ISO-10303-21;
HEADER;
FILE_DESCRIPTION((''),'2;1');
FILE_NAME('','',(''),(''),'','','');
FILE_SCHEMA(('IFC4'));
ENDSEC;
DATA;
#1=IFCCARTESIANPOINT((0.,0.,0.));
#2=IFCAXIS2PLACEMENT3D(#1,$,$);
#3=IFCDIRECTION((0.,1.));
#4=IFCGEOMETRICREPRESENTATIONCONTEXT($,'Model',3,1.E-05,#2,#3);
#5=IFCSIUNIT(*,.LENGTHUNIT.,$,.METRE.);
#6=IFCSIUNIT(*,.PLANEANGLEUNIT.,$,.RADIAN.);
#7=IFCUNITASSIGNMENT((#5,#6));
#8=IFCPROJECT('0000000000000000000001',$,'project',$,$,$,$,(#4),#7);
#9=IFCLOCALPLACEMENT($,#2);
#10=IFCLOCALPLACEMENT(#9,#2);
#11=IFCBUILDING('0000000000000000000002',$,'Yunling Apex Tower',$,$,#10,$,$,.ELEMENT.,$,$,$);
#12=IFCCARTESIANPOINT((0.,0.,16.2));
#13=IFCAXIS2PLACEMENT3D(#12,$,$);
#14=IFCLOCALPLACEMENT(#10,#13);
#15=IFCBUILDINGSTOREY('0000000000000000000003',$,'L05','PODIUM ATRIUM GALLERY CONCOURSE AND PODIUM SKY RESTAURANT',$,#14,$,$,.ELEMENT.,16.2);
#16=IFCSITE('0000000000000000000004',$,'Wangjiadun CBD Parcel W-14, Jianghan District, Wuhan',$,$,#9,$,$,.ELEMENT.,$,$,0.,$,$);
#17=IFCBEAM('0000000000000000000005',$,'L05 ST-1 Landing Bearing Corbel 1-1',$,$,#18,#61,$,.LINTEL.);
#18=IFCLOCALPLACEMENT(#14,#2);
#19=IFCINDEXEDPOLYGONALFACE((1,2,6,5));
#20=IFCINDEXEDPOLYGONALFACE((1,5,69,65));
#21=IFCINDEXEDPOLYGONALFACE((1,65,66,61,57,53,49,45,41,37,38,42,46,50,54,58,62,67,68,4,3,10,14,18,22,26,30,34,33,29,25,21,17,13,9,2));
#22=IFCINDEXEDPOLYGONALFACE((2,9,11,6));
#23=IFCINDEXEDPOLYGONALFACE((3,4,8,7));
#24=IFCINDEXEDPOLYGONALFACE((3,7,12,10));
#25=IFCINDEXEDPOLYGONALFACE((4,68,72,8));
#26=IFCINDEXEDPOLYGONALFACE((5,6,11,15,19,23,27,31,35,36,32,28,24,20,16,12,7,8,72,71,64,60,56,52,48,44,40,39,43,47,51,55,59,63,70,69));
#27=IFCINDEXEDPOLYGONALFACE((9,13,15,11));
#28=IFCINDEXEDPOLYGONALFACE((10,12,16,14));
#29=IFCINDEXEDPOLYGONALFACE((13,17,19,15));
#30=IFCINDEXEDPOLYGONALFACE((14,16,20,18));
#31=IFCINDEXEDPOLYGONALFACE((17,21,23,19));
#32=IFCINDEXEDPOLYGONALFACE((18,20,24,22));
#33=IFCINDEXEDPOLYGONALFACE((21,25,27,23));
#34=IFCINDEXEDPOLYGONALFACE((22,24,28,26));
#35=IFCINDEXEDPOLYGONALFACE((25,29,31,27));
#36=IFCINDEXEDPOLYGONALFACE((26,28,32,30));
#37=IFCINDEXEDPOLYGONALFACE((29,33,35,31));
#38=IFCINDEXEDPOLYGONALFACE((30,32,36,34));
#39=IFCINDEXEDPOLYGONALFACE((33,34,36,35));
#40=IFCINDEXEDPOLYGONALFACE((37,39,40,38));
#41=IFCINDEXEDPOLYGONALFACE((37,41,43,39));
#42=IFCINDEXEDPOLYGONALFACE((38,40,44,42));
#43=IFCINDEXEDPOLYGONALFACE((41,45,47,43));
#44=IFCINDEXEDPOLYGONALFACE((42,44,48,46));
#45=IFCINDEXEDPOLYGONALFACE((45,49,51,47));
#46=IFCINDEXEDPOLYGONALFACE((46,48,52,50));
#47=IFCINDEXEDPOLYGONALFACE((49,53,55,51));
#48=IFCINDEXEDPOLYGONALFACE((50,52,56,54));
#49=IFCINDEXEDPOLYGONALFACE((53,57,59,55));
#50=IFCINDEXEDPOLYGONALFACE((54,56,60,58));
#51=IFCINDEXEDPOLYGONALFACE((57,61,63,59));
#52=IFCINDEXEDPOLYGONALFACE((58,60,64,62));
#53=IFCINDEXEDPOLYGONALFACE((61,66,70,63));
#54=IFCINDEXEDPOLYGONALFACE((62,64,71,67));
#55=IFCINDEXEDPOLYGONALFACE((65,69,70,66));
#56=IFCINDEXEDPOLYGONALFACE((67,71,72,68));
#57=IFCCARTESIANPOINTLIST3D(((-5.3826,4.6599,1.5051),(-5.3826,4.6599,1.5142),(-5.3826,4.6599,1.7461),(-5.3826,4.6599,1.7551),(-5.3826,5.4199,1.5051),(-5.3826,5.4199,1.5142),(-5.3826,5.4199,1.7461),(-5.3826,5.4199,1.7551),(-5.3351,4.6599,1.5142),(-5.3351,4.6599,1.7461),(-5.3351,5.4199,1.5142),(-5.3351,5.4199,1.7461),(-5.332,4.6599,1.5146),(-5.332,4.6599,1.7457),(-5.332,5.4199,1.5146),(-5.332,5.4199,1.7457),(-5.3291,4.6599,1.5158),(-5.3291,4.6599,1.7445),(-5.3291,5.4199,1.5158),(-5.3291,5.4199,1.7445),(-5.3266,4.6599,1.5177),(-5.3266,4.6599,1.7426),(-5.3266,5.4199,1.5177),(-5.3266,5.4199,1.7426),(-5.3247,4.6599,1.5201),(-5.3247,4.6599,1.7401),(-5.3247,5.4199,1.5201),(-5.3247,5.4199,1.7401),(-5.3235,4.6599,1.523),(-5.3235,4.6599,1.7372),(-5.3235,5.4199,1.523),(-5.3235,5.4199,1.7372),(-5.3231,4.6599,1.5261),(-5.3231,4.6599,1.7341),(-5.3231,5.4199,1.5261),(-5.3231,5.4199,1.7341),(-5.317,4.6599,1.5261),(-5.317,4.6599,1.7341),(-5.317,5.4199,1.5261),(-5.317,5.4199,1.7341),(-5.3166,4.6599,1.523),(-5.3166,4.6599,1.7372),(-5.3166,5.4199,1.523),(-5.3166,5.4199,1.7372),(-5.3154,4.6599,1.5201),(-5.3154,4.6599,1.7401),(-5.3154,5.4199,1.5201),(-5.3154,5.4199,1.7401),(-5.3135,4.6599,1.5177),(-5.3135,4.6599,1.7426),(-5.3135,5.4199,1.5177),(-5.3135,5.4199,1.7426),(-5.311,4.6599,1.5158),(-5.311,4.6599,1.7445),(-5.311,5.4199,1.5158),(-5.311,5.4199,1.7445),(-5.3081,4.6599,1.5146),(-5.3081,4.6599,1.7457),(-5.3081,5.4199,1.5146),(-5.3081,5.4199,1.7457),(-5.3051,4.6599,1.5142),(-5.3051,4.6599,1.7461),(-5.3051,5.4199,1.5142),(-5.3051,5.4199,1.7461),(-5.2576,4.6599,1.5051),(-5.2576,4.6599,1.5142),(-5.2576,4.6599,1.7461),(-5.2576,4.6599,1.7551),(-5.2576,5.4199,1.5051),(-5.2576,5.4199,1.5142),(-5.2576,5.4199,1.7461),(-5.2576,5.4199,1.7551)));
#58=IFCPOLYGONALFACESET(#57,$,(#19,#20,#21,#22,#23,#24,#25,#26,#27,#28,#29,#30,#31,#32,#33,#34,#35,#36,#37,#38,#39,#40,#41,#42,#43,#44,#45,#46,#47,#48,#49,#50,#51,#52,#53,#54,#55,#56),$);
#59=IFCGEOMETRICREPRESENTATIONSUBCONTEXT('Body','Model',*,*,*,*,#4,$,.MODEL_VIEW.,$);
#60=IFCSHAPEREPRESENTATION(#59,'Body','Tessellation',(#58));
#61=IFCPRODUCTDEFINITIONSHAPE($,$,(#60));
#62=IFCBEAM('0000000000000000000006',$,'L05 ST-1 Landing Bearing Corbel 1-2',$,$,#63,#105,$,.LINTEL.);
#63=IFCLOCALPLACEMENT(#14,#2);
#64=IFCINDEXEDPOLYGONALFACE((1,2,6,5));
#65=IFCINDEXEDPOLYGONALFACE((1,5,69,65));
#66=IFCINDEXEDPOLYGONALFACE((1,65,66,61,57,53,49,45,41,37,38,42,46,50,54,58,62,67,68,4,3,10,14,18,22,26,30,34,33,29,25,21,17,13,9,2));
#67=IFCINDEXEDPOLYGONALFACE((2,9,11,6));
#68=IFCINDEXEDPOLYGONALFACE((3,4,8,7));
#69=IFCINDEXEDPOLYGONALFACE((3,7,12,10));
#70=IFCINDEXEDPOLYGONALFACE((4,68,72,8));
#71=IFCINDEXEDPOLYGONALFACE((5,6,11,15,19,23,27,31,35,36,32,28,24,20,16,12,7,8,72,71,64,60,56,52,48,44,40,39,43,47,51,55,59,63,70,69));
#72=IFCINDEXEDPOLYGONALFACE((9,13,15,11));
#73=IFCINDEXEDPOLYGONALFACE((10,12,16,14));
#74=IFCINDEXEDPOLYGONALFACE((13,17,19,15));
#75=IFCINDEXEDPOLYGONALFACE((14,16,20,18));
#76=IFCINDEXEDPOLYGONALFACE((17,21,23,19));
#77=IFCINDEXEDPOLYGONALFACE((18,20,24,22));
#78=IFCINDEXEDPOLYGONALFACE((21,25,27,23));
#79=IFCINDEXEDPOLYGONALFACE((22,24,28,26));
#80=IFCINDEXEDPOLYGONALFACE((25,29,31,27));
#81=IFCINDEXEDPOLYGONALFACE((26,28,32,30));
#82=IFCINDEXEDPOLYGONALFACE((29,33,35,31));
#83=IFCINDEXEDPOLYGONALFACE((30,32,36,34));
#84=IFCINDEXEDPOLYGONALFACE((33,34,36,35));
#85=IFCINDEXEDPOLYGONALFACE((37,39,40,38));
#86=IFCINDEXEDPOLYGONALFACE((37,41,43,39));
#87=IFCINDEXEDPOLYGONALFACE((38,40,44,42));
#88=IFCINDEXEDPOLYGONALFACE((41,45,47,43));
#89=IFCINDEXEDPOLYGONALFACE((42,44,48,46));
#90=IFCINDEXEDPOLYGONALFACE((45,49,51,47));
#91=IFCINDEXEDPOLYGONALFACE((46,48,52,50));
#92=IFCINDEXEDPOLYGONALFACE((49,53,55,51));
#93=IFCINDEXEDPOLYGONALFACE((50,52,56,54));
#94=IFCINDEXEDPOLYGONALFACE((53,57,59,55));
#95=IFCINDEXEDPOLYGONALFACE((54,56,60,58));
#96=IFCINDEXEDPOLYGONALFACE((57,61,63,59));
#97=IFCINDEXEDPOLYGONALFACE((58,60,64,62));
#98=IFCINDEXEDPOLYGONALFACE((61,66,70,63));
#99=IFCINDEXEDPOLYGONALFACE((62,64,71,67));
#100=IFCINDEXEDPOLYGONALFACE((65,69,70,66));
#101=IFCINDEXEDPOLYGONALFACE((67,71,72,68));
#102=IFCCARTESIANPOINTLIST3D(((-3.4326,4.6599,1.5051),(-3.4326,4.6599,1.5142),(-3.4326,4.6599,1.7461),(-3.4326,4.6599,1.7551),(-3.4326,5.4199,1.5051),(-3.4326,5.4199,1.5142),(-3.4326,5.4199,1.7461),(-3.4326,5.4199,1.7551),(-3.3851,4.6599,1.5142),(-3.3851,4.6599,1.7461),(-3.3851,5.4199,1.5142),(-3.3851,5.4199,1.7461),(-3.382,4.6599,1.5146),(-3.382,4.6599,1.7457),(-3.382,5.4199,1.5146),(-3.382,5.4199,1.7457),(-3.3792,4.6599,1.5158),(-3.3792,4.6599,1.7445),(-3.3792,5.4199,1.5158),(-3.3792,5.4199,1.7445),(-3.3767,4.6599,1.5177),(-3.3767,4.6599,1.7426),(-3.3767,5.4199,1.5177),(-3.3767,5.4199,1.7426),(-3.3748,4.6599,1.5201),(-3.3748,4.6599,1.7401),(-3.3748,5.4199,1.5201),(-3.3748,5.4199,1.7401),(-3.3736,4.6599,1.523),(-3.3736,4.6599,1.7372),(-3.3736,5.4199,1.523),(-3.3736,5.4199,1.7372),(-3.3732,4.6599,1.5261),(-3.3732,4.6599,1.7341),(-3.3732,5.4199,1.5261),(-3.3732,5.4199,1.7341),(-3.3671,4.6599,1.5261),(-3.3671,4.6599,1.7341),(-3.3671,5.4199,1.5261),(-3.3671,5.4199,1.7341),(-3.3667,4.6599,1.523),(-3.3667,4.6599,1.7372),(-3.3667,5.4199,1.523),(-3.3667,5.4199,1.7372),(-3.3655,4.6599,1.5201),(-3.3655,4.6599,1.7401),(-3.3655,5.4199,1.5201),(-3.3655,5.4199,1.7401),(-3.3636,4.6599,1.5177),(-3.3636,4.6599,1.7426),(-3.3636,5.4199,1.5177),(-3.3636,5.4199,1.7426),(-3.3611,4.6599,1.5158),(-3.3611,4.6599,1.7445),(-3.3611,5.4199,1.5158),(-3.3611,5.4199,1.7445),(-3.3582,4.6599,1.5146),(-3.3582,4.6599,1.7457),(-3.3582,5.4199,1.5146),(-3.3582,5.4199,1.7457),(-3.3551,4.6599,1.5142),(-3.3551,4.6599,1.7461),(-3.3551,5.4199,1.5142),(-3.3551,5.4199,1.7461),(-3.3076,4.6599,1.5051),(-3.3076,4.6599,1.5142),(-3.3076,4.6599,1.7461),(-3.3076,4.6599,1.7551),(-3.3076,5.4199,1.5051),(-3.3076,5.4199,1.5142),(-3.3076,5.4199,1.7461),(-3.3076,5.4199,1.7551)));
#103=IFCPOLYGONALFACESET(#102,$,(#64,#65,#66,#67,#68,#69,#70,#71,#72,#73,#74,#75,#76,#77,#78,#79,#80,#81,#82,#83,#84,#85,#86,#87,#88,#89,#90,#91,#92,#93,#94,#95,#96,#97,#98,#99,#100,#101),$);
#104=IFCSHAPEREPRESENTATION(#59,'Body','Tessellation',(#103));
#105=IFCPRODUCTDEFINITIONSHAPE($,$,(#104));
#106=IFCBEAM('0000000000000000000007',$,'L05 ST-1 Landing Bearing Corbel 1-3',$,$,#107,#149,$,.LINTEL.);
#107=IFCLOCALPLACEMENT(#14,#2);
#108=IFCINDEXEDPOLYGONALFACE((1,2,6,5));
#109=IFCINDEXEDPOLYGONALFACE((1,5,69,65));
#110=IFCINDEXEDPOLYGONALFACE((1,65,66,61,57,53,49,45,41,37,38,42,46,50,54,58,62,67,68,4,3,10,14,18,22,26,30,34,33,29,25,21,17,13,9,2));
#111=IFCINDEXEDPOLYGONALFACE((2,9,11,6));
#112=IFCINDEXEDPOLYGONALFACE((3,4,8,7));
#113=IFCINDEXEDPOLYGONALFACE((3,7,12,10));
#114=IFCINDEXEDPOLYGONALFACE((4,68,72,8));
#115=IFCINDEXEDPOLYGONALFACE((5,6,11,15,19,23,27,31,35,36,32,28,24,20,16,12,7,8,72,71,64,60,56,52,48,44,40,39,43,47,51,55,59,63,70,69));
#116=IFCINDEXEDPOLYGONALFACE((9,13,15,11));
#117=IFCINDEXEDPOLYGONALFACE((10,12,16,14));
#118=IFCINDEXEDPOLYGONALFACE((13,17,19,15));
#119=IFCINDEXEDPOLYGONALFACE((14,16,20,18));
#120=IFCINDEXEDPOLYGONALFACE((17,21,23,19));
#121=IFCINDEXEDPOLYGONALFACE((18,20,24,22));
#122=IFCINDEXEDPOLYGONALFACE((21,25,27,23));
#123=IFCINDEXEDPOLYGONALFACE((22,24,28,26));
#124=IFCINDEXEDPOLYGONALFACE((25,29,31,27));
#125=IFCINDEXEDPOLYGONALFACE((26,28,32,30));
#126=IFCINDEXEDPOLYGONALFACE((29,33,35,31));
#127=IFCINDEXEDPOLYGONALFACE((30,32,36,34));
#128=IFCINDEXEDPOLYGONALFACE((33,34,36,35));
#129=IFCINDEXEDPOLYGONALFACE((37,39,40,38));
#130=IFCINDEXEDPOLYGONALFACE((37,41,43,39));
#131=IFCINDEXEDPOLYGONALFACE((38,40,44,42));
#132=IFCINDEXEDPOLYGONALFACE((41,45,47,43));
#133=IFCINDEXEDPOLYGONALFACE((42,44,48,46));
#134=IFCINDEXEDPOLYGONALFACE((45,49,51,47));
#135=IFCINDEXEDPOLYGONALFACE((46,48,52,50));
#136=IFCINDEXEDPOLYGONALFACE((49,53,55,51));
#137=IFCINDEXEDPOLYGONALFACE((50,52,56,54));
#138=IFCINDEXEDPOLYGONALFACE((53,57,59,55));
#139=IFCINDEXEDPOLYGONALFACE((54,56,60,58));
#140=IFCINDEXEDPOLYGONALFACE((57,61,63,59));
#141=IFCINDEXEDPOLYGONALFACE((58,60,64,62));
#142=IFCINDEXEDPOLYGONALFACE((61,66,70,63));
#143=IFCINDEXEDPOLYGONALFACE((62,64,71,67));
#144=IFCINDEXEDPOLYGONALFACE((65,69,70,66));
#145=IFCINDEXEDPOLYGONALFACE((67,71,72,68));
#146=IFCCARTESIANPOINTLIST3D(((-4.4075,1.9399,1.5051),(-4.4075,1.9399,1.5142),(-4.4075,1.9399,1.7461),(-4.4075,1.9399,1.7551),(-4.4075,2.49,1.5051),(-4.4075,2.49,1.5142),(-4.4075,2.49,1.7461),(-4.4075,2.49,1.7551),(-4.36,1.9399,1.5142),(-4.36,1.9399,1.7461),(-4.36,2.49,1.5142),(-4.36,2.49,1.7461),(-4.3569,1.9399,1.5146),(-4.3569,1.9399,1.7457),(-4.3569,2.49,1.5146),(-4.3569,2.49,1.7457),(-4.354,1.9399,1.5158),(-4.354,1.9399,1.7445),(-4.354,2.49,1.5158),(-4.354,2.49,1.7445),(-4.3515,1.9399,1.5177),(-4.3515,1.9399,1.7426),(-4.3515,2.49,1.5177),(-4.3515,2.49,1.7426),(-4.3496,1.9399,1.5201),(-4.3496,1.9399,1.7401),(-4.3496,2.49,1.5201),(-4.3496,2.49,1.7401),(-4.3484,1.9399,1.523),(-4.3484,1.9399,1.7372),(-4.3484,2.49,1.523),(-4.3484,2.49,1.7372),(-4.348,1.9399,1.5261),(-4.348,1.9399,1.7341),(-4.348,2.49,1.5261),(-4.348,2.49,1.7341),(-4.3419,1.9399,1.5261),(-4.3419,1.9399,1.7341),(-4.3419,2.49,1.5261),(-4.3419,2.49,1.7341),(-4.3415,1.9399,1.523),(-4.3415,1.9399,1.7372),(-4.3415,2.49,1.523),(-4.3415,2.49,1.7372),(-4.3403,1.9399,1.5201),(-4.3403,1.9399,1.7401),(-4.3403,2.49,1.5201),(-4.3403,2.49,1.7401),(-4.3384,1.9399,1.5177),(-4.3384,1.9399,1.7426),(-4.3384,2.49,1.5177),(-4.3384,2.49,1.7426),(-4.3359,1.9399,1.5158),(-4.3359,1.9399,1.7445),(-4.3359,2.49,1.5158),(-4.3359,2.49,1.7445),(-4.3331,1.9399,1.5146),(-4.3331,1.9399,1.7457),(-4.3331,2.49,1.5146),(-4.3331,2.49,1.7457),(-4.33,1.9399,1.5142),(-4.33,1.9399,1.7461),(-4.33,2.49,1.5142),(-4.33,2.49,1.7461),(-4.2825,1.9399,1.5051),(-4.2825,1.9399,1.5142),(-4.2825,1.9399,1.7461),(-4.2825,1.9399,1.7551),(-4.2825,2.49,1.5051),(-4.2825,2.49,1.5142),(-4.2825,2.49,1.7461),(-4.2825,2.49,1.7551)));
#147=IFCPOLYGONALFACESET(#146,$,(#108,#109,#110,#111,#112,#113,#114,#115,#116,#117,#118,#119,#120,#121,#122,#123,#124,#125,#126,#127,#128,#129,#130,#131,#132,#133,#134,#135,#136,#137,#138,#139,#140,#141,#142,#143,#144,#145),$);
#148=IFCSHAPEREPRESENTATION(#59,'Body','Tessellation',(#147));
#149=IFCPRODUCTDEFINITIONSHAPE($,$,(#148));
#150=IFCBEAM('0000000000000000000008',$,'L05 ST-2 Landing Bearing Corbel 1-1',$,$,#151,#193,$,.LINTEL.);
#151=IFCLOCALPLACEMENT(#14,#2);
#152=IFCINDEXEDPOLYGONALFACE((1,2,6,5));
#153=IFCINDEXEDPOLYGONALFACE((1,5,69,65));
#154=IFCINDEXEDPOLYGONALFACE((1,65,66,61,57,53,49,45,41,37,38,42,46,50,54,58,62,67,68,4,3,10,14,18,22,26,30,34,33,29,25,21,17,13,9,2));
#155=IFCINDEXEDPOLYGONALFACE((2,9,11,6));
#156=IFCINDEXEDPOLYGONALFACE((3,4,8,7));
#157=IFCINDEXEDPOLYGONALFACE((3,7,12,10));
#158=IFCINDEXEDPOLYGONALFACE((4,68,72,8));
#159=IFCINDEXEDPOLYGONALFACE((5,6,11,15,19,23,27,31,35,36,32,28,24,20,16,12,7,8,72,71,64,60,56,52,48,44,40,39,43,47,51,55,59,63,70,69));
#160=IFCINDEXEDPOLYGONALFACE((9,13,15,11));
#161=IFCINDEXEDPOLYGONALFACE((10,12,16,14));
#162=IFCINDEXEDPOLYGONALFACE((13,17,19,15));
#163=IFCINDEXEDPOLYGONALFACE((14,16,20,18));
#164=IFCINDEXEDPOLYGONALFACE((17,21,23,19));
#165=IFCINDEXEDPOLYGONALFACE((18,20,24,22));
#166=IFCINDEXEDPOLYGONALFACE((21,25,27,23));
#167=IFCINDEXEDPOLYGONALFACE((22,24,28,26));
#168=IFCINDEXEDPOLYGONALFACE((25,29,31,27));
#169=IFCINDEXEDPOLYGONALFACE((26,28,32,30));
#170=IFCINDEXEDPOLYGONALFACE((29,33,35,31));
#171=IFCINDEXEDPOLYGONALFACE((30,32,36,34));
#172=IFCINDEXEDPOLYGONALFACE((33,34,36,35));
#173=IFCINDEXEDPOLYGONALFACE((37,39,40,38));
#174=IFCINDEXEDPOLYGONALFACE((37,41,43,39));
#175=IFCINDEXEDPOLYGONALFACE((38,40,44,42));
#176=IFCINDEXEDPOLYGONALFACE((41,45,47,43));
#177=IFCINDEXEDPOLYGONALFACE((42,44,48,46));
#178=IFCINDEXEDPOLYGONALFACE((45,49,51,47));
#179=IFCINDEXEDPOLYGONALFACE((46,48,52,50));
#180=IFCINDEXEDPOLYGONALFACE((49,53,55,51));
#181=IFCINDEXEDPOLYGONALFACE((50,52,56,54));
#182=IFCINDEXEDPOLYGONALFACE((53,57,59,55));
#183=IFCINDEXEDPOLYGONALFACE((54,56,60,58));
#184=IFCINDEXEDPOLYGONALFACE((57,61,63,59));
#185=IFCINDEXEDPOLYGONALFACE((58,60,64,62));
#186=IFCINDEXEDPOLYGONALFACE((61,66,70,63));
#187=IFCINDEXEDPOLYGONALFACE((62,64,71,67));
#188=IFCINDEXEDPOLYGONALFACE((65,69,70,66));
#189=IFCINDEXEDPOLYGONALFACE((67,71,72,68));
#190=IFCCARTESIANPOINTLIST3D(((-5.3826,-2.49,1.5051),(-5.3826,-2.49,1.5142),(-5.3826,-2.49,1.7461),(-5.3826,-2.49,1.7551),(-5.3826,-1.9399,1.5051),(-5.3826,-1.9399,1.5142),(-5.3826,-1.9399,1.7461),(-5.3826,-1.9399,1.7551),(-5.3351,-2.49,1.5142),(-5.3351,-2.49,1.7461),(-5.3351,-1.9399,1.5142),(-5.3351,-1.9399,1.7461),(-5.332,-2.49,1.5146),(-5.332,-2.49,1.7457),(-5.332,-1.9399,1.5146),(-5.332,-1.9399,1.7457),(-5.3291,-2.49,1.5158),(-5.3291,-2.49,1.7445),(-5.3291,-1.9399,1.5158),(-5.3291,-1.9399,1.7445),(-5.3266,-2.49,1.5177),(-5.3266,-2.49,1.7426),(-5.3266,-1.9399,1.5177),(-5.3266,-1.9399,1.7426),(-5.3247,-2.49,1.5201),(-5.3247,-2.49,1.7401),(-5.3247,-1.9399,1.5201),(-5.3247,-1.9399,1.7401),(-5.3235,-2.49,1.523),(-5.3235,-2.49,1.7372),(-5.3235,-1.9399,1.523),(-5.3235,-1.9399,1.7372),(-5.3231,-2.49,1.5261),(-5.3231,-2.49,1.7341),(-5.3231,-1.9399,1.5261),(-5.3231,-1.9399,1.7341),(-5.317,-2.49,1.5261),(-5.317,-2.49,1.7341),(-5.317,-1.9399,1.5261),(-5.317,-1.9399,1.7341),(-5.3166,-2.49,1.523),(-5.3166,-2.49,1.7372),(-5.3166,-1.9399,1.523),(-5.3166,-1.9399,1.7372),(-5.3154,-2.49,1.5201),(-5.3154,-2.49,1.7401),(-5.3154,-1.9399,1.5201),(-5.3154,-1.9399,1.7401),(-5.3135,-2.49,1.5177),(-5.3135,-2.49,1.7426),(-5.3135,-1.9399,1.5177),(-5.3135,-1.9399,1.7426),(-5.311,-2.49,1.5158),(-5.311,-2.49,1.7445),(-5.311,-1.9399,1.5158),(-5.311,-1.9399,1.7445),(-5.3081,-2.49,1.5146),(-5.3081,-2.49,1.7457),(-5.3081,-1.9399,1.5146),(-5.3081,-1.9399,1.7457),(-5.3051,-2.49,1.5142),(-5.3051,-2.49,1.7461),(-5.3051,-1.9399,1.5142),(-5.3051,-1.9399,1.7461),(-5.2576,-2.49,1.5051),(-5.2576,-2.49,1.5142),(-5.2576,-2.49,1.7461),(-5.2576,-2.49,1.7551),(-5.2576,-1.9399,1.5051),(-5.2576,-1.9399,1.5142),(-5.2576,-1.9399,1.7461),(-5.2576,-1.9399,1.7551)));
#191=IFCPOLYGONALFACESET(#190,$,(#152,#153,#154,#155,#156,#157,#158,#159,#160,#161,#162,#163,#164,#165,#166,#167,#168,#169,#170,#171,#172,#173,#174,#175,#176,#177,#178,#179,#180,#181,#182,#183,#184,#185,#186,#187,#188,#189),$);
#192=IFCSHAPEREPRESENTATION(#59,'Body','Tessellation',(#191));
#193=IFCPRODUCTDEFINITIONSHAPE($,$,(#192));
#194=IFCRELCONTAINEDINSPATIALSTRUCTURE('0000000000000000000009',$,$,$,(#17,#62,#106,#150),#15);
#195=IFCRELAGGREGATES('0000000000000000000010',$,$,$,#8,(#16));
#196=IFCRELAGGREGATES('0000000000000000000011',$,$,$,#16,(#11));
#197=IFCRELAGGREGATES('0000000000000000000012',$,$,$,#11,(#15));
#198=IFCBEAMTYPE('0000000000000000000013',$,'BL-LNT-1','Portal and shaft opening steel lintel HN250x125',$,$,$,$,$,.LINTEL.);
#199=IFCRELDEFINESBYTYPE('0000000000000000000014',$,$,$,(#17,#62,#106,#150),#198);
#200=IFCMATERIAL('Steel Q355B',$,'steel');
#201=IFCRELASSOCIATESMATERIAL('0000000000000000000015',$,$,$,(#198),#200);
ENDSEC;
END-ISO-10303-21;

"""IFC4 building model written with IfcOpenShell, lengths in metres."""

from ifc_helpers import new_model, si_unit, direction, frame, origin, origin_2d, place, context, subcontext, project, spatial, i_section, extrude, source, transform, mapped, material, material_profile, profile_set, type_object, element, save


model = new_model("IFC4")

# Units and contexts
model_context = context("Model", 3, precision=1e-05, world=origin(), true_north=direction((0.0, 1.0)))
body_context = subcontext(model_context, "Body", "Model", "MODEL_VIEW")
ifc_project = project(units=[si_unit("LENGTHUNIT", "METRE"), si_unit("PLANEANGLEUNIT", "RADIAN")], contexts=[model_context])

# Site, building, storey
site_placement = place(None, origin())
site = spatial("IfcSite", under=ifc_project, at=site_placement, Name="Wangjiadun CBD Parcel W-14, Jianghan District, Wuhan", CompositionType="ELEMENT", RefElevation=0.0)
building_placement = place(site_placement, origin())
building = spatial("IfcBuilding", under=site, at=building_placement, Name="Yunling Apex Tower", CompositionType="ELEMENT")
storey_placement = place(building_placement, frame((0.0, 0.0, 16.2)))
storey = spatial("IfcBuildingStorey", under=building, at=storey_placement, Name="L05", Description="PODIUM ATRIUM GALLERY CONCOURSE AND PODIUM SKY RESTAURANT", CompositionType="ELEMENT", Elevation=16.2)

# Beams
ifc_material_1 = material(Name="Steel Q355B", Category="steel")
ifc_material_profile = material_profile(ifc_material_1, i_section(OverallWidth=0.125, OverallDepth=0.25, WebThickness=0.0061, FlangeThickness=0.009, FilletRadius=0.012, at=origin_2d()))
ifc_profile_set = profile_set([ifc_material_profile], Name="Steel Q355B")
beam_type = type_object("IfcBeamType", Name="BL-LNT-1", Description="Portal and shaft opening steel lintel HN250x125", PredefinedType="LINTEL", material=ifc_profile_set)
shared_shape_1 = source(origin(), body_context, "Body", "SweptSolid", [
    extrude(i_section(OverallWidth=0.125, OverallDepth=0.25, WebThickness=0.0061, FlangeThickness=0.009, FilletRadius=0.012, at=origin_2d()), origin(), (0.0, 0.0, 1.0), 0.76),
])
for number, where, z_axis, x_axis, name in (
    (1, (-5.3201, 5.4199, 1.6301), (0.0, -1.0, 0.0), (1.0, 0.0, 0.0), "L05 ST-1 Landing Bearing Corbel 1-1"),
    (2, (-3.3701, 5.4199, 1.6301), (0.0, -1.0, 0.0), (1.0, 0.0, 0.0), "L05 ST-1 Landing Bearing Corbel 1-2"),
):
    element("IfcBeam", number, at=place(storey_placement, frame(where, z_axis=z_axis, x_axis=x_axis)), inside=storey, type_object=beam_type, Name=name, PredefinedType="LINTEL", context=body_context, shape_type="MappedRepresentation", body=[
        mapped(shared_shape_1, transform((0.0, 0.0, 0.0), scale=1.0)),
    ])
shared_shape_2 = source(origin(), body_context, "Body", "SweptSolid", [
    extrude(i_section(OverallWidth=0.125, OverallDepth=0.25, WebThickness=0.0061, FlangeThickness=0.009, FilletRadius=0.012, at=origin_2d()), origin(), (0.0, 0.0, 1.0), 0.55),
])
for number, where, z_axis, x_axis, name in (
    (3, (-4.345, 1.9399, 1.6301), (0.0, 1.0, 0.0), (-1.0, 0.0, 0.0), "L05 ST-1 Landing Bearing Corbel 1-3"),
    (4, (-5.3201, -1.9399, 1.6301), (0.0, -1.0, 0.0), (1.0, 0.0, 0.0), "L05 ST-2 Landing Bearing Corbel 1-1"),
):
    element("IfcBeam", number, at=place(storey_placement, frame(where, z_axis=z_axis, x_axis=x_axis)), inside=storey, type_object=beam_type, Name=name, PredefinedType="LINTEL", context=body_context, shape_type="MappedRepresentation", body=[
        mapped(shared_shape_2, transform((0.0, 0.0, 0.0), scale=1.0)),
    ])

save(model, "model.ifc")
